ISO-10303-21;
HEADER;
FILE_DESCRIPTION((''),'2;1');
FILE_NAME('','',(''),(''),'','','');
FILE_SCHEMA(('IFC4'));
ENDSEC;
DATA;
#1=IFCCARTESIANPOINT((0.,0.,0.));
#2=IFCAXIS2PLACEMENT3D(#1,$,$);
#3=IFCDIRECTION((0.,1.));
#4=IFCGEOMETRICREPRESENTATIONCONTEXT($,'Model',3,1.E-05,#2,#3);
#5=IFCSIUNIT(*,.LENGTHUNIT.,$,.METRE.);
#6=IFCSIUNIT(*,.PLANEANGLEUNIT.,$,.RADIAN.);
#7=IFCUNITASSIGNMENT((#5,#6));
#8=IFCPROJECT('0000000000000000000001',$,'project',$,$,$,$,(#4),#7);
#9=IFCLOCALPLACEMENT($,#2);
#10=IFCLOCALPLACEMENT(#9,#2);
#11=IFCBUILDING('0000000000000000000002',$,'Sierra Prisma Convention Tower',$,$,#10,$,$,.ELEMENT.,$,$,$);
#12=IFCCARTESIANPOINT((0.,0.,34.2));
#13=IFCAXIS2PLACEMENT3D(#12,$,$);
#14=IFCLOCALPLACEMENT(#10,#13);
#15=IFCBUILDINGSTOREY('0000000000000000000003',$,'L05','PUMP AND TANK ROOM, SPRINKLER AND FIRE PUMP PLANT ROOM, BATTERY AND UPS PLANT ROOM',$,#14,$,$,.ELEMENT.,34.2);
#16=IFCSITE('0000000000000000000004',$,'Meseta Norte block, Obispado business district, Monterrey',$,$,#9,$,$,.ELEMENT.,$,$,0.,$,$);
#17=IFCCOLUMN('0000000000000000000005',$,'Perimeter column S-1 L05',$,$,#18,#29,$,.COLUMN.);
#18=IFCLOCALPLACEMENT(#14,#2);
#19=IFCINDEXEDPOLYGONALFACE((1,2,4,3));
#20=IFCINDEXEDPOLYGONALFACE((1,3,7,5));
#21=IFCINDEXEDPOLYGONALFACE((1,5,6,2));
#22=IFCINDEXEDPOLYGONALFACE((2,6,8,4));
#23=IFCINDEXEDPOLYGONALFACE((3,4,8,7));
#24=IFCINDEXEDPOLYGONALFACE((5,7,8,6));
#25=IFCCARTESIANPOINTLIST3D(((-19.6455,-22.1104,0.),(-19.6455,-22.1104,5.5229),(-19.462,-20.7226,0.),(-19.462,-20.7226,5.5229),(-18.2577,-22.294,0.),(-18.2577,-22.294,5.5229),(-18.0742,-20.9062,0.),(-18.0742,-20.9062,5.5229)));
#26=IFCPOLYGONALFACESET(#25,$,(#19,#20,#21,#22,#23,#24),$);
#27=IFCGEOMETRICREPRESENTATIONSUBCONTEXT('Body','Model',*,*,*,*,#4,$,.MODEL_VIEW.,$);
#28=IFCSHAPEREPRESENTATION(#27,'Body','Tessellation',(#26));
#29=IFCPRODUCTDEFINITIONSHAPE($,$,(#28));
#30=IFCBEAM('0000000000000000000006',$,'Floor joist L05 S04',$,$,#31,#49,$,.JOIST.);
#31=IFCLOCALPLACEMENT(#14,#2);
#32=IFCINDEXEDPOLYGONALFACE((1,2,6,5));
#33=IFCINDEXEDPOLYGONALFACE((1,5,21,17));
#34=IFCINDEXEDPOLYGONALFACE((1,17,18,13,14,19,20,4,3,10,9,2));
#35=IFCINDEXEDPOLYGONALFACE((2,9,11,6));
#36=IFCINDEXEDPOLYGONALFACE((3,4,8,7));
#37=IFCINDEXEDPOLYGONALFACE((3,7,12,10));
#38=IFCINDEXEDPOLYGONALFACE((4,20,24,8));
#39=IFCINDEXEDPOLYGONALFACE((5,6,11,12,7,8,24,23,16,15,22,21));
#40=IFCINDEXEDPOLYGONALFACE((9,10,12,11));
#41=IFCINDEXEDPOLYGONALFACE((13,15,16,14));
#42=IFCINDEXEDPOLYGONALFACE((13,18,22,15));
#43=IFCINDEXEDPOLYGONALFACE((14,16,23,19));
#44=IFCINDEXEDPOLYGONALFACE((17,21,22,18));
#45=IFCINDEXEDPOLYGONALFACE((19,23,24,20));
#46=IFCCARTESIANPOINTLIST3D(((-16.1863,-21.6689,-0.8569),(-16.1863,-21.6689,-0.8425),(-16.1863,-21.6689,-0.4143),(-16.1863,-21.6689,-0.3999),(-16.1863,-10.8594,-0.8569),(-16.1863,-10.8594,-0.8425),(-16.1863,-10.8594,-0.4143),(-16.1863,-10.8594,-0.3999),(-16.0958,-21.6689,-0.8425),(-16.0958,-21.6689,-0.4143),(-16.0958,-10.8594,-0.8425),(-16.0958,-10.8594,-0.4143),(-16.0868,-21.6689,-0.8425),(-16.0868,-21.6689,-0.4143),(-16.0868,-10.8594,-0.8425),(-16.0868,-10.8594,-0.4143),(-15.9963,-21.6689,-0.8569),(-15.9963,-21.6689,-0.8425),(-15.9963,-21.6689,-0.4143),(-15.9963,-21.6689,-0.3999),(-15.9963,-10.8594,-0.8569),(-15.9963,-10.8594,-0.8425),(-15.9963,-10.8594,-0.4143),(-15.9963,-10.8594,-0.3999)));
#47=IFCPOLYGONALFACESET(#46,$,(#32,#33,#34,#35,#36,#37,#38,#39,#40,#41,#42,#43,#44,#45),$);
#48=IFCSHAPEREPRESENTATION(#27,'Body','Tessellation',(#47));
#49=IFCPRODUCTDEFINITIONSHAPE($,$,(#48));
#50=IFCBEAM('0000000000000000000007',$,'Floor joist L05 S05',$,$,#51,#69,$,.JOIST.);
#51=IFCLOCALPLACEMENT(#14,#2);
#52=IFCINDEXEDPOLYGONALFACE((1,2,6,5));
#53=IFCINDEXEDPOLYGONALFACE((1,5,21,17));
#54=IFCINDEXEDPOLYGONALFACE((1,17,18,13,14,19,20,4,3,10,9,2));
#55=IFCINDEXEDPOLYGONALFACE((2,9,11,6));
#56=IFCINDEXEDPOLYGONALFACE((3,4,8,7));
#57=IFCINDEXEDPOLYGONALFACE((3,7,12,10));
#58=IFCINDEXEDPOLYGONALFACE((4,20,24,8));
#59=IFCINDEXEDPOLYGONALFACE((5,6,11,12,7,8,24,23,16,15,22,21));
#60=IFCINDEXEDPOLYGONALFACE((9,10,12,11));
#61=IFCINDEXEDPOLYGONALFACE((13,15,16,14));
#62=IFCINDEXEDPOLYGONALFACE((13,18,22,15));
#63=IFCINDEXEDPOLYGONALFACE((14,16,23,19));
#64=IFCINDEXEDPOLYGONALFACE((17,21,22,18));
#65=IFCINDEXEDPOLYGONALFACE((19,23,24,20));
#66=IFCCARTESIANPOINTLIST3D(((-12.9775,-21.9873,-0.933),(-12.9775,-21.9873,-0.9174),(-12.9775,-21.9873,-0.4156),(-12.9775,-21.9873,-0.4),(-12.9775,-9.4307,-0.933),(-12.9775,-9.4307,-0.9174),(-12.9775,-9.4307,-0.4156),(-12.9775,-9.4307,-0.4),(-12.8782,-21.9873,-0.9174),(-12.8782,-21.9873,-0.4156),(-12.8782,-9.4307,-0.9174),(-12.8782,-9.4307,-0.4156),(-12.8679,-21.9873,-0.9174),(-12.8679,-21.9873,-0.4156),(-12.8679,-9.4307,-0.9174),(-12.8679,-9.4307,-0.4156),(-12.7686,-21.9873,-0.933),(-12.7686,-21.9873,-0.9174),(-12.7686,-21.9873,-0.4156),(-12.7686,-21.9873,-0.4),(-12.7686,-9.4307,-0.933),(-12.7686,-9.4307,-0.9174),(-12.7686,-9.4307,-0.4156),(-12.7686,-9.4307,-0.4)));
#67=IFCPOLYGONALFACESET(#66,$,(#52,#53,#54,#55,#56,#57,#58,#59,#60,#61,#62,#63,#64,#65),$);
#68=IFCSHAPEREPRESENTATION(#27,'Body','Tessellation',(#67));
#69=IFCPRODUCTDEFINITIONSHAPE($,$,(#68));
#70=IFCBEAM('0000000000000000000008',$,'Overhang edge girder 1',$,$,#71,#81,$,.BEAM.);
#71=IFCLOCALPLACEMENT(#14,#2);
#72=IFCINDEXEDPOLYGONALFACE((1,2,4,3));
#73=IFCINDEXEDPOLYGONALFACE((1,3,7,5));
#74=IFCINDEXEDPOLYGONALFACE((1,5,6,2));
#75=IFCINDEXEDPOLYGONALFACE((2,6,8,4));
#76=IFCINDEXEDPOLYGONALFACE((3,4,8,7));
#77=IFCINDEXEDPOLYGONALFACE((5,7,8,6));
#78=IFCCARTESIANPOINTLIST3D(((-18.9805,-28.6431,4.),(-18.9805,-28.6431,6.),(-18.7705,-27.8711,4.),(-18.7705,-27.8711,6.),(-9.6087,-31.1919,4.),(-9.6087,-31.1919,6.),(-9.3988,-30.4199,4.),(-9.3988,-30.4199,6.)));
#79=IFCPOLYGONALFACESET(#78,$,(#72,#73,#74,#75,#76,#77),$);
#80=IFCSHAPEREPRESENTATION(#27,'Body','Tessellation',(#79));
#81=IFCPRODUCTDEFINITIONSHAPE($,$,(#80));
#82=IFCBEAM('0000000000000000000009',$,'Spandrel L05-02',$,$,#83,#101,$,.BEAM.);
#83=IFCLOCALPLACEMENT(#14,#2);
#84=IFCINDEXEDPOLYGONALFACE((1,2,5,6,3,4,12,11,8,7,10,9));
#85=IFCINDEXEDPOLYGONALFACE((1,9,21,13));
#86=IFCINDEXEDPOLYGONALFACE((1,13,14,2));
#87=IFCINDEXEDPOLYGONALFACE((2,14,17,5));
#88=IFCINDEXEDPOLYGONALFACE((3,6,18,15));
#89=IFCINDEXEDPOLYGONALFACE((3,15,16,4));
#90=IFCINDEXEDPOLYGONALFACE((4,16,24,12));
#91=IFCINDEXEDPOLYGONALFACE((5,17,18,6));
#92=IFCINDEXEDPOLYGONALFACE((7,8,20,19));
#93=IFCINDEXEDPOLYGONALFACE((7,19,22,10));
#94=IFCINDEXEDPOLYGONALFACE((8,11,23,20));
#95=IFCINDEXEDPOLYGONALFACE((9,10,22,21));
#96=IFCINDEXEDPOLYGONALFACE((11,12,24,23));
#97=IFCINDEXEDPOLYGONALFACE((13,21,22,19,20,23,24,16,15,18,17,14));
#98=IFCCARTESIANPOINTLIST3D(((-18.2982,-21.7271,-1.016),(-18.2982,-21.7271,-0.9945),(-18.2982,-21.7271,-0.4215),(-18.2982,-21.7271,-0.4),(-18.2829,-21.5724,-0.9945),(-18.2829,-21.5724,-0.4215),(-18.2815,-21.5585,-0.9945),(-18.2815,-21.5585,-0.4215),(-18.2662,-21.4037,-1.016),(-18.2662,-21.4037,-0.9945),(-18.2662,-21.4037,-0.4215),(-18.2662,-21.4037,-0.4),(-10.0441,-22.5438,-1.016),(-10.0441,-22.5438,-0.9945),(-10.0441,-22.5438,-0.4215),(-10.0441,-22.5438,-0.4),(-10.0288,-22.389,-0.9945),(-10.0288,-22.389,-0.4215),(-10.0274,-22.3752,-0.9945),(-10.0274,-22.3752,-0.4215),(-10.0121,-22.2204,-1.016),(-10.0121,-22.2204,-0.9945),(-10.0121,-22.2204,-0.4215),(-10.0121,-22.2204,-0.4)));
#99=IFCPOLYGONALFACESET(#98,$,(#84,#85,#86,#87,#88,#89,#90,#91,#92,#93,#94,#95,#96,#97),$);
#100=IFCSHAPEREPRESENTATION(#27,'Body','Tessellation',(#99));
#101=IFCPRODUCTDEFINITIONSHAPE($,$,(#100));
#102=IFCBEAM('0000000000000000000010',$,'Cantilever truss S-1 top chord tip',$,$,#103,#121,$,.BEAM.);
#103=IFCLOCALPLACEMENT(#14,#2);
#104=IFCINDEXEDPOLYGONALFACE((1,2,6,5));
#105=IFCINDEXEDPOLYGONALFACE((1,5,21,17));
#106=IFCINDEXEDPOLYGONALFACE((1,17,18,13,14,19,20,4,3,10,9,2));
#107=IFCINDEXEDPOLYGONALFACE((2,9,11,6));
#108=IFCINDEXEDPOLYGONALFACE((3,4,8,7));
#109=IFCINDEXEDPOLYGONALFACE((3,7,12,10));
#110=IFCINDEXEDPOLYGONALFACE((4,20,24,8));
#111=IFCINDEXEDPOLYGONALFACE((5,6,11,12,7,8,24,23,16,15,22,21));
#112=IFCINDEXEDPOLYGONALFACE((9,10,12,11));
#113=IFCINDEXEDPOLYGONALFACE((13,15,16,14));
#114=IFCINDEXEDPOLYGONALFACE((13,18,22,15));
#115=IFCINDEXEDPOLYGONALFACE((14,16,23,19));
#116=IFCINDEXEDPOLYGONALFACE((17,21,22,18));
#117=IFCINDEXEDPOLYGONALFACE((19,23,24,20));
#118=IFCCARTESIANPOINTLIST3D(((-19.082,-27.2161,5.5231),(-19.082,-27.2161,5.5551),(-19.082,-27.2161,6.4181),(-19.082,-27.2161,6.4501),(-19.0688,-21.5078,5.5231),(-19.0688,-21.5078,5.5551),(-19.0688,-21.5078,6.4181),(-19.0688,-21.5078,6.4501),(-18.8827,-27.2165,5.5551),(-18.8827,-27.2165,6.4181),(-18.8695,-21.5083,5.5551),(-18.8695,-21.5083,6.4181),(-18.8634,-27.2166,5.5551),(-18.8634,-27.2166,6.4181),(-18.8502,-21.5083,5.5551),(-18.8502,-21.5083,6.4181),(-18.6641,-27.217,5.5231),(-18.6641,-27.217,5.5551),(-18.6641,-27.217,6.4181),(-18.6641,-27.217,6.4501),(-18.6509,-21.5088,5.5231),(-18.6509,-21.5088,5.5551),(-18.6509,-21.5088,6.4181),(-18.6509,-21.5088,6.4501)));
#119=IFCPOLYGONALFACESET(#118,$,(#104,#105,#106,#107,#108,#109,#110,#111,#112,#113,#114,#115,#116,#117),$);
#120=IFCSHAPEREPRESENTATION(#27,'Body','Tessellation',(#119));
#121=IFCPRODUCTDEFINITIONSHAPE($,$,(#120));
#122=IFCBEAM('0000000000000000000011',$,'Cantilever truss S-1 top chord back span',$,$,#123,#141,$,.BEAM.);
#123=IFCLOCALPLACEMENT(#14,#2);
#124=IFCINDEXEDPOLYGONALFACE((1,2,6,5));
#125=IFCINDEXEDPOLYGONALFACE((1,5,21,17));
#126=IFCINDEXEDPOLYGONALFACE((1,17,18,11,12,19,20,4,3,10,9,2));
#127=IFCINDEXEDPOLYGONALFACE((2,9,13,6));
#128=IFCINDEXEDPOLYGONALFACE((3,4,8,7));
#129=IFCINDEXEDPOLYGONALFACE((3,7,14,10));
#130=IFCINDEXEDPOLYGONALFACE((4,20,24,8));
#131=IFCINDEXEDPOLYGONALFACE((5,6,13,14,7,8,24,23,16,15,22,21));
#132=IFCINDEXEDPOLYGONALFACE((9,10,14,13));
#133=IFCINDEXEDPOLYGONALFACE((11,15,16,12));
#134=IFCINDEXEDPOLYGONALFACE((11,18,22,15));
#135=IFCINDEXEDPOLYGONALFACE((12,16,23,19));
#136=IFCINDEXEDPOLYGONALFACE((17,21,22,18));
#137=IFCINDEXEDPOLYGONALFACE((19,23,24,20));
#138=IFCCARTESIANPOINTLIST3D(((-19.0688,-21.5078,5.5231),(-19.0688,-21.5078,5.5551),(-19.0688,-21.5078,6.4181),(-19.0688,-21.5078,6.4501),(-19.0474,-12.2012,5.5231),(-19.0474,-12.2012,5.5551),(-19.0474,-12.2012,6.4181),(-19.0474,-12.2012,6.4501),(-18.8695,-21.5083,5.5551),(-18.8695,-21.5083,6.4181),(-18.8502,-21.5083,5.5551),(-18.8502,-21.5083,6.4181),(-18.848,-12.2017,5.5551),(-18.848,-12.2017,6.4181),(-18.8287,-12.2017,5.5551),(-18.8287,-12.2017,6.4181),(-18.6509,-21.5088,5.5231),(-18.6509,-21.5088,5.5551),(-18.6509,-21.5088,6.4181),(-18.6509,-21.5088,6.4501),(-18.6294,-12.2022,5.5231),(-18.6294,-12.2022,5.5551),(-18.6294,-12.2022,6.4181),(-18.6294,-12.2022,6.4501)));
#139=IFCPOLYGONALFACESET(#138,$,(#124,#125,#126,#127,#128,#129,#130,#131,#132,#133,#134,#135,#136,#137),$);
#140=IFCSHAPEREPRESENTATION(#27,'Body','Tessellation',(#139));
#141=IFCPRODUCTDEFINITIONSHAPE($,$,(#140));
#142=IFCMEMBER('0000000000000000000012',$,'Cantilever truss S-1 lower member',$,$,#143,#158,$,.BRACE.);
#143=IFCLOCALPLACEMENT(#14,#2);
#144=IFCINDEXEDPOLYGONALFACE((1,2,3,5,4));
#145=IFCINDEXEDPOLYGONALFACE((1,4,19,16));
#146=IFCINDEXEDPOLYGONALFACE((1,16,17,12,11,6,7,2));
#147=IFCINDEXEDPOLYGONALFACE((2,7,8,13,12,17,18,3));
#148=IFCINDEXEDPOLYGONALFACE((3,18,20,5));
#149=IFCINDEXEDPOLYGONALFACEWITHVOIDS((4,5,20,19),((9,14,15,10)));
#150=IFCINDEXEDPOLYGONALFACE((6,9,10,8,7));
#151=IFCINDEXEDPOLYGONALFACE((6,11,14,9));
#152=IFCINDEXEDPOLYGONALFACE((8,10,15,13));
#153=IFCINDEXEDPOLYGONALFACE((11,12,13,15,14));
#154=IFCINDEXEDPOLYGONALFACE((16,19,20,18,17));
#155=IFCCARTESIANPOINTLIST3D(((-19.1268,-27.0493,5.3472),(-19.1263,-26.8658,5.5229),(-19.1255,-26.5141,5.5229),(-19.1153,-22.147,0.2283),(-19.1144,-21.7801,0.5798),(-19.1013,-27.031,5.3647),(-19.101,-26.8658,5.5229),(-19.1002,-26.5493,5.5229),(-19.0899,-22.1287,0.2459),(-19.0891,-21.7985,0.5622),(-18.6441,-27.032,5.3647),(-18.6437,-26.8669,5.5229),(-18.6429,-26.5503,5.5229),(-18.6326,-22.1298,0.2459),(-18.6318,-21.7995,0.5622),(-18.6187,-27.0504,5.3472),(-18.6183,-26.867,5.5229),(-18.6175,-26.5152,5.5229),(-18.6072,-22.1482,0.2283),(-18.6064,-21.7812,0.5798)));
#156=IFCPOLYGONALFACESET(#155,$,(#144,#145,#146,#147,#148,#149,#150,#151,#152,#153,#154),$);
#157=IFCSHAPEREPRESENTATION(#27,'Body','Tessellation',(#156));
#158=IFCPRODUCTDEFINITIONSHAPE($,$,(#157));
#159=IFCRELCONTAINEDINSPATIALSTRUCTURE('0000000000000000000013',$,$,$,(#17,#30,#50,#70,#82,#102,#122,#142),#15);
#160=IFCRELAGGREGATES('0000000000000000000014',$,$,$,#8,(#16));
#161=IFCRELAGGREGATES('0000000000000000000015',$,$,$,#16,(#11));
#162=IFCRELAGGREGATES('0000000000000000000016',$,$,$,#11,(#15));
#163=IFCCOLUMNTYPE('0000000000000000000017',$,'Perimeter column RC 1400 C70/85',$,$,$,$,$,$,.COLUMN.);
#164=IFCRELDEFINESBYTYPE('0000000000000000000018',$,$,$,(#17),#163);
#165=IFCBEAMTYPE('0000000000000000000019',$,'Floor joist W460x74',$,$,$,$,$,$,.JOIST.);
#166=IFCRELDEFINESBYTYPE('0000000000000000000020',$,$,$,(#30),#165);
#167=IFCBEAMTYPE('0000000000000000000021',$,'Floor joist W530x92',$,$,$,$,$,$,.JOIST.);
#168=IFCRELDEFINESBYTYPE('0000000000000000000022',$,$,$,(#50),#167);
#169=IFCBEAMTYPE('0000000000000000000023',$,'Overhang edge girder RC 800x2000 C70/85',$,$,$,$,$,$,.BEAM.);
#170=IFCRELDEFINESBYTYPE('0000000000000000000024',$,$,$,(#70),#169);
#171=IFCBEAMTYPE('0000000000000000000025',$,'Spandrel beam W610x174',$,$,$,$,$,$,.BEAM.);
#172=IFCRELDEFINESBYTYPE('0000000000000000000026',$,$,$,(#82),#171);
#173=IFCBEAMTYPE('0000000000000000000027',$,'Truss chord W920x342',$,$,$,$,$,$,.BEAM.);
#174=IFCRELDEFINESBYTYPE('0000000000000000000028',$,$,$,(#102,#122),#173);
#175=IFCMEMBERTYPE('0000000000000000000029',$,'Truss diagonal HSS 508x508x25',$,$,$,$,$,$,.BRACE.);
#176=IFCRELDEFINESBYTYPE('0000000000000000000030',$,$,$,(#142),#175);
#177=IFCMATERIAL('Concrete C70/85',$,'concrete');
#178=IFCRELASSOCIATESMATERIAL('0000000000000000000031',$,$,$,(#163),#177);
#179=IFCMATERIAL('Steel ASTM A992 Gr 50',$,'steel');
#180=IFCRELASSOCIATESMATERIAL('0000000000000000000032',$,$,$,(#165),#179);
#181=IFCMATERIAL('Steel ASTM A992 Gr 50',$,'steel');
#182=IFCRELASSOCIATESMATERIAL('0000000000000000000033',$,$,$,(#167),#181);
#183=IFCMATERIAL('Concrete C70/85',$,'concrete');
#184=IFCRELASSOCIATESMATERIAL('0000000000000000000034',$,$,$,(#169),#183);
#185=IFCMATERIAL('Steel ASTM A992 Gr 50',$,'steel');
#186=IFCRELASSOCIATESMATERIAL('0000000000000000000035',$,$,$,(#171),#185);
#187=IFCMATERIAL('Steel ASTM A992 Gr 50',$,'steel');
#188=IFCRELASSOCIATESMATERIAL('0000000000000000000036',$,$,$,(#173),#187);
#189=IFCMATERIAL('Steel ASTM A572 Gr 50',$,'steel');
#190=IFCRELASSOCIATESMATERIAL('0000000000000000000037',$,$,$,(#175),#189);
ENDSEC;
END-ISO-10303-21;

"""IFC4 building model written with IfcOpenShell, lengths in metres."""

from ifc_helpers import new_model, si_unit, direction, frame, origin, origin_2d, place, context, subcontext, project, spatial, rectangle, hollow_rectangle, i_section, extrude, clip, halfspace, material, material_profile, profile_set, type_object, element, save


model = new_model("IFC4")

# Units and contexts
model_context = context("Model", 3, precision=1e-05, world=origin(), true_north=direction((0.0, 1.0)))
body_context = subcontext(model_context, "Body", "Model", "MODEL_VIEW")
ifc_project = project(units=[si_unit("LENGTHUNIT", "METRE"), si_unit("PLANEANGLEUNIT", "RADIAN")], contexts=[model_context])

# Site, building, storey
site_placement = place(None, origin())
site = spatial("IfcSite", under=ifc_project, at=site_placement, Name="Meseta Norte block, Obispado business district, Monterrey", CompositionType="ELEMENT", RefElevation=0.0)
building_placement = place(site_placement, origin())
building = spatial("IfcBuilding", under=site, at=building_placement, Name="Sierra Prisma Convention Tower", CompositionType="ELEMENT")
storey_placement = place(building_placement, frame((0.0, 0.0, 34.2)))
storey = spatial("IfcBuildingStorey", under=building, at=storey_placement, Name="L05", Description="PUMP AND TANK ROOM, SPRINKLER AND FIRE PUMP PLANT ROOM, BATTERY AND UPS PLANT ROOM", CompositionType="ELEMENT", Elevation=34.2)

# Column
ifc_material_1 = material(Name="Concrete C70/85", Category="concrete")
ifc_material_profile_1 = material_profile(ifc_material_1, rectangle(XDim=1.3999, YDim=1.3999, at=origin_2d()), Name="Perimeter column RC 1400 C70/85")
ifc_profile_set_1 = profile_set([ifc_material_profile_1], Name="Concrete C70/85")
column_type = type_object("IfcColumnType", Name="Perimeter column RC 1400 C70/85", PredefinedType="COLUMN", material=ifc_profile_set_1)
column_placement = place(storey_placement, frame((-18.8599, -21.5083, 0.0), z_axis=(0.0, 0.0, 1.0), x_axis=(-0.991367, 0.131115, 0.0)))
element("IfcColumn", 1, at=column_placement, inside=storey, type_object=column_type, Name="Perimeter column S-1 L05", PredefinedType="COLUMN", context=body_context, shape_type="SweptSolid", body=[
    extrude(rectangle(XDim=1.3999, YDim=1.3999, at=origin_2d()), origin(), (0.0, 0.0, 1.0), 5.5229),
])

# Beams
ifc_material_2 = material(Name="Steel ASTM A992 Gr 50", Category="steel")
ifc_material_profile_2 = material_profile(ifc_material_2, i_section(OverallWidth=0.1899, OverallDepth=0.457, WebThickness=0.009, FlangeThickness=0.0144, at=origin_2d()), Name="W460x74")
ifc_profile_set_2 = profile_set([ifc_material_profile_2], Name="Steel ASTM A992 Gr 50")
beam_type_1 = type_object("IfcBeamType", Name="Floor joist W460x74", PredefinedType="JOIST", material=ifc_profile_set_2)
beam_1_placement = place(storey_placement, frame((-16.0913, -21.6689, -0.6284), z_axis=(0.0, 1.0, 0.0), x_axis=(-1.0, 0.0, 0.0)))
element("IfcBeam", 2, at=beam_1_placement, inside=storey, type_object=beam_type_1, Name="Floor joist L05 S04", PredefinedType="JOIST", context=body_context, shape_type="SweptSolid", body=[
    extrude(i_section(OverallWidth=0.1899, OverallDepth=0.457, WebThickness=0.009, FlangeThickness=0.0144, at=origin_2d()), origin(), (0.0, 0.0, 1.0), 10.8096),
])
ifc_material_3 = material(Name="Steel ASTM A992 Gr 50", Category="steel")
ifc_material_profile_3 = material_profile(ifc_material_3, i_section(OverallWidth=0.209, OverallDepth=0.533, WebThickness=0.0103, FlangeThickness=0.0156, at=origin_2d()), Name="W530x92")
ifc_profile_set_3 = profile_set([ifc_material_profile_3], Name="Steel ASTM A992 Gr 50")
beam_type_2 = type_object("IfcBeamType", Name="Floor joist W530x92", PredefinedType="JOIST", material=ifc_profile_set_3)
beam_2_placement = place(storey_placement, frame((-12.873, -21.9873, -0.6665), z_axis=(0.0, 1.0, 0.0), x_axis=(-1.0, 0.0, 0.0)))
element("IfcBeam", 3, at=beam_2_placement, inside=storey, type_object=beam_type_2, Name="Floor joist L05 S05", PredefinedType="JOIST", context=body_context, shape_type="SweptSolid", body=[
    extrude(i_section(OverallWidth=0.209, OverallDepth=0.533, WebThickness=0.0103, FlangeThickness=0.0156, at=origin_2d()), origin(), (0.0, 0.0, 1.0), 12.5566),
])
ifc_material_4 = material(Name="Concrete C70/85", Category="concrete")
ifc_material_profile_4 = material_profile(ifc_material_4, rectangle(XDim=0.8, YDim=2.0, at=origin_2d()), Name="Overhang edge girder RC 800x2000 C70/85")
ifc_profile_set_4 = profile_set([ifc_material_profile_4], Name="Concrete C70/85")
beam_type_3 = type_object("IfcBeamType", Name="Overhang edge girder RC 800x2000 C70/85", PredefinedType="BEAM", material=ifc_profile_set_4)
beam_3_placement = place(storey_placement, frame((-18.8755, -28.2571, 5.0), z_axis=(0.964951, -0.262432, 0.0), x_axis=(0.262432, 0.964951, 0.0)))
element("IfcBeam", 4, at=beam_3_placement, inside=storey, type_object=beam_type_3, Name="Overhang edge girder 1", PredefinedType="BEAM", context=body_context, shape_type="SweptSolid", body=[
    clip(extrude(rectangle(XDim=0.8, YDim=2.0, at=origin_2d()), origin(), (0.0, 0.0, 1.0), 9.7598), halfspace(frame((0.0, 0.0, 9.7122)), False)),
])
ifc_material_5 = material(Name="Steel ASTM A992 Gr 50", Category="steel")
ifc_material_profile_5 = material_profile(ifc_material_5, i_section(OverallWidth=0.325, OverallDepth=0.616, WebThickness=0.0139, FlangeThickness=0.0215, at=origin_2d()), Name="W610x174")
ifc_profile_set_5 = profile_set([ifc_material_profile_5], Name="Steel ASTM A992 Gr 50")
beam_type_4 = type_object("IfcBeamType", Name="Spandrel beam W610x174", PredefinedType="BEAM", material=ifc_profile_set_5)
beam_4_placement = place(storey_placement, frame((-18.2822, -21.5654, -0.708), z_axis=(0.995141, -0.098457, 0.0), x_axis=(0.098457, 0.995141, 0.0)))
element("IfcBeam", 5, at=beam_4_placement, inside=storey, type_object=beam_type_4, Name="Spandrel L05-02", PredefinedType="BEAM", context=body_context, shape_type="SweptSolid", body=[
    extrude(i_section(OverallWidth=0.325, OverallDepth=0.616, WebThickness=0.0139, FlangeThickness=0.0215, at=origin_2d()), origin(), (0.0, 0.0, 1.0), 8.2944),
])
ifc_material_6 = material(Name="Steel ASTM A992 Gr 50", Category="steel")
ifc_material_profile_6 = material_profile(ifc_material_6, i_section(OverallWidth=0.418, OverallDepth=0.927, WebThickness=0.0193, FlangeThickness=0.032, at=origin_2d()), Name="W920x342")
ifc_profile_set_6 = profile_set([ifc_material_profile_6], Name="Steel ASTM A992 Gr 50")
beam_type_5 = type_object("IfcBeamType", Name="Truss chord W920x342", PredefinedType="BEAM", material=ifc_profile_set_6)
beam_5_placement = place(storey_placement, frame((-18.873, -27.2166, 5.9866), z_axis=(0.00231, 0.999997, 0.0), x_axis=(-0.999997, 0.00231, 0.0)))
element("IfcBeam", 6, at=beam_5_placement, inside=storey, type_object=beam_type_5, Name="Cantilever truss S-1 top chord tip", PredefinedType="BEAM", context=body_context, shape_type="SweptSolid", body=[
    extrude(i_section(OverallWidth=0.418, OverallDepth=0.927, WebThickness=0.0193, FlangeThickness=0.032, at=origin_2d()), origin(), (0.0, 0.0, 1.0), 5.7083),
])
beam_6_placement = place(storey_placement, frame((-18.8599, -21.5083, 5.9866), z_axis=(0.002308, 0.999997, 0.0), x_axis=(-0.999997, 0.002308, 0.0)))
element("IfcBeam", 7, at=beam_6_placement, inside=storey, type_object=beam_type_5, Name="Cantilever truss S-1 top chord back span", PredefinedType="BEAM", context=body_context, shape_type="SweptSolid", body=[
    extrude(i_section(OverallWidth=0.418, OverallDepth=0.927, WebThickness=0.0193, FlangeThickness=0.032, at=origin_2d()), origin(), (0.0, 0.0, 1.0), 9.3066),
])

# Member
ifc_material_7 = material(Name="Steel ASTM A572 Gr 50", Category="steel")
ifc_material_profile_7 = material_profile(ifc_material_7, hollow_rectangle(XDim=0.5081, YDim=0.5081, WallThickness=0.0254, at=origin_2d()), Name="Truss diagonal HSS 508x508x25")
ifc_profile_set_7 = profile_set([ifc_material_profile_7], Name="Steel ASTM A572 Gr 50")
member_type = type_object("IfcMemberType", Name="Truss diagonal HSS 508x508x25", PredefinedType="BRACE", material=ifc_profile_set_7)
member_placement = place(storey_placement, frame((-18.8608, -21.9641, 0.4041), z_axis=(-0.001619, -0.691664, 0.722217), x_axis=(0.999997, -0.002341, 0.0)))
element("IfcMember", 8, at=member_placement, inside=storey, type_object=member_type, Name="Cantilever truss S-1 lower member", PredefinedType="BRACE", context=body_context, shape_type="SweptSolid", body=[
    clip(extrude(hollow_rectangle(XDim=0.5081, YDim=0.5081, WallThickness=0.0254, at=origin_2d()), origin(), (0.0, 0.0, 1.0), 7.0876), halfspace(frame((0.0, 0.0, 7.0876), z_axis=(0.0, -0.691666, -0.722217), x_axis=(1.0, 0.0, 0.0)), True)),
])

save(model, "model.ifc")
